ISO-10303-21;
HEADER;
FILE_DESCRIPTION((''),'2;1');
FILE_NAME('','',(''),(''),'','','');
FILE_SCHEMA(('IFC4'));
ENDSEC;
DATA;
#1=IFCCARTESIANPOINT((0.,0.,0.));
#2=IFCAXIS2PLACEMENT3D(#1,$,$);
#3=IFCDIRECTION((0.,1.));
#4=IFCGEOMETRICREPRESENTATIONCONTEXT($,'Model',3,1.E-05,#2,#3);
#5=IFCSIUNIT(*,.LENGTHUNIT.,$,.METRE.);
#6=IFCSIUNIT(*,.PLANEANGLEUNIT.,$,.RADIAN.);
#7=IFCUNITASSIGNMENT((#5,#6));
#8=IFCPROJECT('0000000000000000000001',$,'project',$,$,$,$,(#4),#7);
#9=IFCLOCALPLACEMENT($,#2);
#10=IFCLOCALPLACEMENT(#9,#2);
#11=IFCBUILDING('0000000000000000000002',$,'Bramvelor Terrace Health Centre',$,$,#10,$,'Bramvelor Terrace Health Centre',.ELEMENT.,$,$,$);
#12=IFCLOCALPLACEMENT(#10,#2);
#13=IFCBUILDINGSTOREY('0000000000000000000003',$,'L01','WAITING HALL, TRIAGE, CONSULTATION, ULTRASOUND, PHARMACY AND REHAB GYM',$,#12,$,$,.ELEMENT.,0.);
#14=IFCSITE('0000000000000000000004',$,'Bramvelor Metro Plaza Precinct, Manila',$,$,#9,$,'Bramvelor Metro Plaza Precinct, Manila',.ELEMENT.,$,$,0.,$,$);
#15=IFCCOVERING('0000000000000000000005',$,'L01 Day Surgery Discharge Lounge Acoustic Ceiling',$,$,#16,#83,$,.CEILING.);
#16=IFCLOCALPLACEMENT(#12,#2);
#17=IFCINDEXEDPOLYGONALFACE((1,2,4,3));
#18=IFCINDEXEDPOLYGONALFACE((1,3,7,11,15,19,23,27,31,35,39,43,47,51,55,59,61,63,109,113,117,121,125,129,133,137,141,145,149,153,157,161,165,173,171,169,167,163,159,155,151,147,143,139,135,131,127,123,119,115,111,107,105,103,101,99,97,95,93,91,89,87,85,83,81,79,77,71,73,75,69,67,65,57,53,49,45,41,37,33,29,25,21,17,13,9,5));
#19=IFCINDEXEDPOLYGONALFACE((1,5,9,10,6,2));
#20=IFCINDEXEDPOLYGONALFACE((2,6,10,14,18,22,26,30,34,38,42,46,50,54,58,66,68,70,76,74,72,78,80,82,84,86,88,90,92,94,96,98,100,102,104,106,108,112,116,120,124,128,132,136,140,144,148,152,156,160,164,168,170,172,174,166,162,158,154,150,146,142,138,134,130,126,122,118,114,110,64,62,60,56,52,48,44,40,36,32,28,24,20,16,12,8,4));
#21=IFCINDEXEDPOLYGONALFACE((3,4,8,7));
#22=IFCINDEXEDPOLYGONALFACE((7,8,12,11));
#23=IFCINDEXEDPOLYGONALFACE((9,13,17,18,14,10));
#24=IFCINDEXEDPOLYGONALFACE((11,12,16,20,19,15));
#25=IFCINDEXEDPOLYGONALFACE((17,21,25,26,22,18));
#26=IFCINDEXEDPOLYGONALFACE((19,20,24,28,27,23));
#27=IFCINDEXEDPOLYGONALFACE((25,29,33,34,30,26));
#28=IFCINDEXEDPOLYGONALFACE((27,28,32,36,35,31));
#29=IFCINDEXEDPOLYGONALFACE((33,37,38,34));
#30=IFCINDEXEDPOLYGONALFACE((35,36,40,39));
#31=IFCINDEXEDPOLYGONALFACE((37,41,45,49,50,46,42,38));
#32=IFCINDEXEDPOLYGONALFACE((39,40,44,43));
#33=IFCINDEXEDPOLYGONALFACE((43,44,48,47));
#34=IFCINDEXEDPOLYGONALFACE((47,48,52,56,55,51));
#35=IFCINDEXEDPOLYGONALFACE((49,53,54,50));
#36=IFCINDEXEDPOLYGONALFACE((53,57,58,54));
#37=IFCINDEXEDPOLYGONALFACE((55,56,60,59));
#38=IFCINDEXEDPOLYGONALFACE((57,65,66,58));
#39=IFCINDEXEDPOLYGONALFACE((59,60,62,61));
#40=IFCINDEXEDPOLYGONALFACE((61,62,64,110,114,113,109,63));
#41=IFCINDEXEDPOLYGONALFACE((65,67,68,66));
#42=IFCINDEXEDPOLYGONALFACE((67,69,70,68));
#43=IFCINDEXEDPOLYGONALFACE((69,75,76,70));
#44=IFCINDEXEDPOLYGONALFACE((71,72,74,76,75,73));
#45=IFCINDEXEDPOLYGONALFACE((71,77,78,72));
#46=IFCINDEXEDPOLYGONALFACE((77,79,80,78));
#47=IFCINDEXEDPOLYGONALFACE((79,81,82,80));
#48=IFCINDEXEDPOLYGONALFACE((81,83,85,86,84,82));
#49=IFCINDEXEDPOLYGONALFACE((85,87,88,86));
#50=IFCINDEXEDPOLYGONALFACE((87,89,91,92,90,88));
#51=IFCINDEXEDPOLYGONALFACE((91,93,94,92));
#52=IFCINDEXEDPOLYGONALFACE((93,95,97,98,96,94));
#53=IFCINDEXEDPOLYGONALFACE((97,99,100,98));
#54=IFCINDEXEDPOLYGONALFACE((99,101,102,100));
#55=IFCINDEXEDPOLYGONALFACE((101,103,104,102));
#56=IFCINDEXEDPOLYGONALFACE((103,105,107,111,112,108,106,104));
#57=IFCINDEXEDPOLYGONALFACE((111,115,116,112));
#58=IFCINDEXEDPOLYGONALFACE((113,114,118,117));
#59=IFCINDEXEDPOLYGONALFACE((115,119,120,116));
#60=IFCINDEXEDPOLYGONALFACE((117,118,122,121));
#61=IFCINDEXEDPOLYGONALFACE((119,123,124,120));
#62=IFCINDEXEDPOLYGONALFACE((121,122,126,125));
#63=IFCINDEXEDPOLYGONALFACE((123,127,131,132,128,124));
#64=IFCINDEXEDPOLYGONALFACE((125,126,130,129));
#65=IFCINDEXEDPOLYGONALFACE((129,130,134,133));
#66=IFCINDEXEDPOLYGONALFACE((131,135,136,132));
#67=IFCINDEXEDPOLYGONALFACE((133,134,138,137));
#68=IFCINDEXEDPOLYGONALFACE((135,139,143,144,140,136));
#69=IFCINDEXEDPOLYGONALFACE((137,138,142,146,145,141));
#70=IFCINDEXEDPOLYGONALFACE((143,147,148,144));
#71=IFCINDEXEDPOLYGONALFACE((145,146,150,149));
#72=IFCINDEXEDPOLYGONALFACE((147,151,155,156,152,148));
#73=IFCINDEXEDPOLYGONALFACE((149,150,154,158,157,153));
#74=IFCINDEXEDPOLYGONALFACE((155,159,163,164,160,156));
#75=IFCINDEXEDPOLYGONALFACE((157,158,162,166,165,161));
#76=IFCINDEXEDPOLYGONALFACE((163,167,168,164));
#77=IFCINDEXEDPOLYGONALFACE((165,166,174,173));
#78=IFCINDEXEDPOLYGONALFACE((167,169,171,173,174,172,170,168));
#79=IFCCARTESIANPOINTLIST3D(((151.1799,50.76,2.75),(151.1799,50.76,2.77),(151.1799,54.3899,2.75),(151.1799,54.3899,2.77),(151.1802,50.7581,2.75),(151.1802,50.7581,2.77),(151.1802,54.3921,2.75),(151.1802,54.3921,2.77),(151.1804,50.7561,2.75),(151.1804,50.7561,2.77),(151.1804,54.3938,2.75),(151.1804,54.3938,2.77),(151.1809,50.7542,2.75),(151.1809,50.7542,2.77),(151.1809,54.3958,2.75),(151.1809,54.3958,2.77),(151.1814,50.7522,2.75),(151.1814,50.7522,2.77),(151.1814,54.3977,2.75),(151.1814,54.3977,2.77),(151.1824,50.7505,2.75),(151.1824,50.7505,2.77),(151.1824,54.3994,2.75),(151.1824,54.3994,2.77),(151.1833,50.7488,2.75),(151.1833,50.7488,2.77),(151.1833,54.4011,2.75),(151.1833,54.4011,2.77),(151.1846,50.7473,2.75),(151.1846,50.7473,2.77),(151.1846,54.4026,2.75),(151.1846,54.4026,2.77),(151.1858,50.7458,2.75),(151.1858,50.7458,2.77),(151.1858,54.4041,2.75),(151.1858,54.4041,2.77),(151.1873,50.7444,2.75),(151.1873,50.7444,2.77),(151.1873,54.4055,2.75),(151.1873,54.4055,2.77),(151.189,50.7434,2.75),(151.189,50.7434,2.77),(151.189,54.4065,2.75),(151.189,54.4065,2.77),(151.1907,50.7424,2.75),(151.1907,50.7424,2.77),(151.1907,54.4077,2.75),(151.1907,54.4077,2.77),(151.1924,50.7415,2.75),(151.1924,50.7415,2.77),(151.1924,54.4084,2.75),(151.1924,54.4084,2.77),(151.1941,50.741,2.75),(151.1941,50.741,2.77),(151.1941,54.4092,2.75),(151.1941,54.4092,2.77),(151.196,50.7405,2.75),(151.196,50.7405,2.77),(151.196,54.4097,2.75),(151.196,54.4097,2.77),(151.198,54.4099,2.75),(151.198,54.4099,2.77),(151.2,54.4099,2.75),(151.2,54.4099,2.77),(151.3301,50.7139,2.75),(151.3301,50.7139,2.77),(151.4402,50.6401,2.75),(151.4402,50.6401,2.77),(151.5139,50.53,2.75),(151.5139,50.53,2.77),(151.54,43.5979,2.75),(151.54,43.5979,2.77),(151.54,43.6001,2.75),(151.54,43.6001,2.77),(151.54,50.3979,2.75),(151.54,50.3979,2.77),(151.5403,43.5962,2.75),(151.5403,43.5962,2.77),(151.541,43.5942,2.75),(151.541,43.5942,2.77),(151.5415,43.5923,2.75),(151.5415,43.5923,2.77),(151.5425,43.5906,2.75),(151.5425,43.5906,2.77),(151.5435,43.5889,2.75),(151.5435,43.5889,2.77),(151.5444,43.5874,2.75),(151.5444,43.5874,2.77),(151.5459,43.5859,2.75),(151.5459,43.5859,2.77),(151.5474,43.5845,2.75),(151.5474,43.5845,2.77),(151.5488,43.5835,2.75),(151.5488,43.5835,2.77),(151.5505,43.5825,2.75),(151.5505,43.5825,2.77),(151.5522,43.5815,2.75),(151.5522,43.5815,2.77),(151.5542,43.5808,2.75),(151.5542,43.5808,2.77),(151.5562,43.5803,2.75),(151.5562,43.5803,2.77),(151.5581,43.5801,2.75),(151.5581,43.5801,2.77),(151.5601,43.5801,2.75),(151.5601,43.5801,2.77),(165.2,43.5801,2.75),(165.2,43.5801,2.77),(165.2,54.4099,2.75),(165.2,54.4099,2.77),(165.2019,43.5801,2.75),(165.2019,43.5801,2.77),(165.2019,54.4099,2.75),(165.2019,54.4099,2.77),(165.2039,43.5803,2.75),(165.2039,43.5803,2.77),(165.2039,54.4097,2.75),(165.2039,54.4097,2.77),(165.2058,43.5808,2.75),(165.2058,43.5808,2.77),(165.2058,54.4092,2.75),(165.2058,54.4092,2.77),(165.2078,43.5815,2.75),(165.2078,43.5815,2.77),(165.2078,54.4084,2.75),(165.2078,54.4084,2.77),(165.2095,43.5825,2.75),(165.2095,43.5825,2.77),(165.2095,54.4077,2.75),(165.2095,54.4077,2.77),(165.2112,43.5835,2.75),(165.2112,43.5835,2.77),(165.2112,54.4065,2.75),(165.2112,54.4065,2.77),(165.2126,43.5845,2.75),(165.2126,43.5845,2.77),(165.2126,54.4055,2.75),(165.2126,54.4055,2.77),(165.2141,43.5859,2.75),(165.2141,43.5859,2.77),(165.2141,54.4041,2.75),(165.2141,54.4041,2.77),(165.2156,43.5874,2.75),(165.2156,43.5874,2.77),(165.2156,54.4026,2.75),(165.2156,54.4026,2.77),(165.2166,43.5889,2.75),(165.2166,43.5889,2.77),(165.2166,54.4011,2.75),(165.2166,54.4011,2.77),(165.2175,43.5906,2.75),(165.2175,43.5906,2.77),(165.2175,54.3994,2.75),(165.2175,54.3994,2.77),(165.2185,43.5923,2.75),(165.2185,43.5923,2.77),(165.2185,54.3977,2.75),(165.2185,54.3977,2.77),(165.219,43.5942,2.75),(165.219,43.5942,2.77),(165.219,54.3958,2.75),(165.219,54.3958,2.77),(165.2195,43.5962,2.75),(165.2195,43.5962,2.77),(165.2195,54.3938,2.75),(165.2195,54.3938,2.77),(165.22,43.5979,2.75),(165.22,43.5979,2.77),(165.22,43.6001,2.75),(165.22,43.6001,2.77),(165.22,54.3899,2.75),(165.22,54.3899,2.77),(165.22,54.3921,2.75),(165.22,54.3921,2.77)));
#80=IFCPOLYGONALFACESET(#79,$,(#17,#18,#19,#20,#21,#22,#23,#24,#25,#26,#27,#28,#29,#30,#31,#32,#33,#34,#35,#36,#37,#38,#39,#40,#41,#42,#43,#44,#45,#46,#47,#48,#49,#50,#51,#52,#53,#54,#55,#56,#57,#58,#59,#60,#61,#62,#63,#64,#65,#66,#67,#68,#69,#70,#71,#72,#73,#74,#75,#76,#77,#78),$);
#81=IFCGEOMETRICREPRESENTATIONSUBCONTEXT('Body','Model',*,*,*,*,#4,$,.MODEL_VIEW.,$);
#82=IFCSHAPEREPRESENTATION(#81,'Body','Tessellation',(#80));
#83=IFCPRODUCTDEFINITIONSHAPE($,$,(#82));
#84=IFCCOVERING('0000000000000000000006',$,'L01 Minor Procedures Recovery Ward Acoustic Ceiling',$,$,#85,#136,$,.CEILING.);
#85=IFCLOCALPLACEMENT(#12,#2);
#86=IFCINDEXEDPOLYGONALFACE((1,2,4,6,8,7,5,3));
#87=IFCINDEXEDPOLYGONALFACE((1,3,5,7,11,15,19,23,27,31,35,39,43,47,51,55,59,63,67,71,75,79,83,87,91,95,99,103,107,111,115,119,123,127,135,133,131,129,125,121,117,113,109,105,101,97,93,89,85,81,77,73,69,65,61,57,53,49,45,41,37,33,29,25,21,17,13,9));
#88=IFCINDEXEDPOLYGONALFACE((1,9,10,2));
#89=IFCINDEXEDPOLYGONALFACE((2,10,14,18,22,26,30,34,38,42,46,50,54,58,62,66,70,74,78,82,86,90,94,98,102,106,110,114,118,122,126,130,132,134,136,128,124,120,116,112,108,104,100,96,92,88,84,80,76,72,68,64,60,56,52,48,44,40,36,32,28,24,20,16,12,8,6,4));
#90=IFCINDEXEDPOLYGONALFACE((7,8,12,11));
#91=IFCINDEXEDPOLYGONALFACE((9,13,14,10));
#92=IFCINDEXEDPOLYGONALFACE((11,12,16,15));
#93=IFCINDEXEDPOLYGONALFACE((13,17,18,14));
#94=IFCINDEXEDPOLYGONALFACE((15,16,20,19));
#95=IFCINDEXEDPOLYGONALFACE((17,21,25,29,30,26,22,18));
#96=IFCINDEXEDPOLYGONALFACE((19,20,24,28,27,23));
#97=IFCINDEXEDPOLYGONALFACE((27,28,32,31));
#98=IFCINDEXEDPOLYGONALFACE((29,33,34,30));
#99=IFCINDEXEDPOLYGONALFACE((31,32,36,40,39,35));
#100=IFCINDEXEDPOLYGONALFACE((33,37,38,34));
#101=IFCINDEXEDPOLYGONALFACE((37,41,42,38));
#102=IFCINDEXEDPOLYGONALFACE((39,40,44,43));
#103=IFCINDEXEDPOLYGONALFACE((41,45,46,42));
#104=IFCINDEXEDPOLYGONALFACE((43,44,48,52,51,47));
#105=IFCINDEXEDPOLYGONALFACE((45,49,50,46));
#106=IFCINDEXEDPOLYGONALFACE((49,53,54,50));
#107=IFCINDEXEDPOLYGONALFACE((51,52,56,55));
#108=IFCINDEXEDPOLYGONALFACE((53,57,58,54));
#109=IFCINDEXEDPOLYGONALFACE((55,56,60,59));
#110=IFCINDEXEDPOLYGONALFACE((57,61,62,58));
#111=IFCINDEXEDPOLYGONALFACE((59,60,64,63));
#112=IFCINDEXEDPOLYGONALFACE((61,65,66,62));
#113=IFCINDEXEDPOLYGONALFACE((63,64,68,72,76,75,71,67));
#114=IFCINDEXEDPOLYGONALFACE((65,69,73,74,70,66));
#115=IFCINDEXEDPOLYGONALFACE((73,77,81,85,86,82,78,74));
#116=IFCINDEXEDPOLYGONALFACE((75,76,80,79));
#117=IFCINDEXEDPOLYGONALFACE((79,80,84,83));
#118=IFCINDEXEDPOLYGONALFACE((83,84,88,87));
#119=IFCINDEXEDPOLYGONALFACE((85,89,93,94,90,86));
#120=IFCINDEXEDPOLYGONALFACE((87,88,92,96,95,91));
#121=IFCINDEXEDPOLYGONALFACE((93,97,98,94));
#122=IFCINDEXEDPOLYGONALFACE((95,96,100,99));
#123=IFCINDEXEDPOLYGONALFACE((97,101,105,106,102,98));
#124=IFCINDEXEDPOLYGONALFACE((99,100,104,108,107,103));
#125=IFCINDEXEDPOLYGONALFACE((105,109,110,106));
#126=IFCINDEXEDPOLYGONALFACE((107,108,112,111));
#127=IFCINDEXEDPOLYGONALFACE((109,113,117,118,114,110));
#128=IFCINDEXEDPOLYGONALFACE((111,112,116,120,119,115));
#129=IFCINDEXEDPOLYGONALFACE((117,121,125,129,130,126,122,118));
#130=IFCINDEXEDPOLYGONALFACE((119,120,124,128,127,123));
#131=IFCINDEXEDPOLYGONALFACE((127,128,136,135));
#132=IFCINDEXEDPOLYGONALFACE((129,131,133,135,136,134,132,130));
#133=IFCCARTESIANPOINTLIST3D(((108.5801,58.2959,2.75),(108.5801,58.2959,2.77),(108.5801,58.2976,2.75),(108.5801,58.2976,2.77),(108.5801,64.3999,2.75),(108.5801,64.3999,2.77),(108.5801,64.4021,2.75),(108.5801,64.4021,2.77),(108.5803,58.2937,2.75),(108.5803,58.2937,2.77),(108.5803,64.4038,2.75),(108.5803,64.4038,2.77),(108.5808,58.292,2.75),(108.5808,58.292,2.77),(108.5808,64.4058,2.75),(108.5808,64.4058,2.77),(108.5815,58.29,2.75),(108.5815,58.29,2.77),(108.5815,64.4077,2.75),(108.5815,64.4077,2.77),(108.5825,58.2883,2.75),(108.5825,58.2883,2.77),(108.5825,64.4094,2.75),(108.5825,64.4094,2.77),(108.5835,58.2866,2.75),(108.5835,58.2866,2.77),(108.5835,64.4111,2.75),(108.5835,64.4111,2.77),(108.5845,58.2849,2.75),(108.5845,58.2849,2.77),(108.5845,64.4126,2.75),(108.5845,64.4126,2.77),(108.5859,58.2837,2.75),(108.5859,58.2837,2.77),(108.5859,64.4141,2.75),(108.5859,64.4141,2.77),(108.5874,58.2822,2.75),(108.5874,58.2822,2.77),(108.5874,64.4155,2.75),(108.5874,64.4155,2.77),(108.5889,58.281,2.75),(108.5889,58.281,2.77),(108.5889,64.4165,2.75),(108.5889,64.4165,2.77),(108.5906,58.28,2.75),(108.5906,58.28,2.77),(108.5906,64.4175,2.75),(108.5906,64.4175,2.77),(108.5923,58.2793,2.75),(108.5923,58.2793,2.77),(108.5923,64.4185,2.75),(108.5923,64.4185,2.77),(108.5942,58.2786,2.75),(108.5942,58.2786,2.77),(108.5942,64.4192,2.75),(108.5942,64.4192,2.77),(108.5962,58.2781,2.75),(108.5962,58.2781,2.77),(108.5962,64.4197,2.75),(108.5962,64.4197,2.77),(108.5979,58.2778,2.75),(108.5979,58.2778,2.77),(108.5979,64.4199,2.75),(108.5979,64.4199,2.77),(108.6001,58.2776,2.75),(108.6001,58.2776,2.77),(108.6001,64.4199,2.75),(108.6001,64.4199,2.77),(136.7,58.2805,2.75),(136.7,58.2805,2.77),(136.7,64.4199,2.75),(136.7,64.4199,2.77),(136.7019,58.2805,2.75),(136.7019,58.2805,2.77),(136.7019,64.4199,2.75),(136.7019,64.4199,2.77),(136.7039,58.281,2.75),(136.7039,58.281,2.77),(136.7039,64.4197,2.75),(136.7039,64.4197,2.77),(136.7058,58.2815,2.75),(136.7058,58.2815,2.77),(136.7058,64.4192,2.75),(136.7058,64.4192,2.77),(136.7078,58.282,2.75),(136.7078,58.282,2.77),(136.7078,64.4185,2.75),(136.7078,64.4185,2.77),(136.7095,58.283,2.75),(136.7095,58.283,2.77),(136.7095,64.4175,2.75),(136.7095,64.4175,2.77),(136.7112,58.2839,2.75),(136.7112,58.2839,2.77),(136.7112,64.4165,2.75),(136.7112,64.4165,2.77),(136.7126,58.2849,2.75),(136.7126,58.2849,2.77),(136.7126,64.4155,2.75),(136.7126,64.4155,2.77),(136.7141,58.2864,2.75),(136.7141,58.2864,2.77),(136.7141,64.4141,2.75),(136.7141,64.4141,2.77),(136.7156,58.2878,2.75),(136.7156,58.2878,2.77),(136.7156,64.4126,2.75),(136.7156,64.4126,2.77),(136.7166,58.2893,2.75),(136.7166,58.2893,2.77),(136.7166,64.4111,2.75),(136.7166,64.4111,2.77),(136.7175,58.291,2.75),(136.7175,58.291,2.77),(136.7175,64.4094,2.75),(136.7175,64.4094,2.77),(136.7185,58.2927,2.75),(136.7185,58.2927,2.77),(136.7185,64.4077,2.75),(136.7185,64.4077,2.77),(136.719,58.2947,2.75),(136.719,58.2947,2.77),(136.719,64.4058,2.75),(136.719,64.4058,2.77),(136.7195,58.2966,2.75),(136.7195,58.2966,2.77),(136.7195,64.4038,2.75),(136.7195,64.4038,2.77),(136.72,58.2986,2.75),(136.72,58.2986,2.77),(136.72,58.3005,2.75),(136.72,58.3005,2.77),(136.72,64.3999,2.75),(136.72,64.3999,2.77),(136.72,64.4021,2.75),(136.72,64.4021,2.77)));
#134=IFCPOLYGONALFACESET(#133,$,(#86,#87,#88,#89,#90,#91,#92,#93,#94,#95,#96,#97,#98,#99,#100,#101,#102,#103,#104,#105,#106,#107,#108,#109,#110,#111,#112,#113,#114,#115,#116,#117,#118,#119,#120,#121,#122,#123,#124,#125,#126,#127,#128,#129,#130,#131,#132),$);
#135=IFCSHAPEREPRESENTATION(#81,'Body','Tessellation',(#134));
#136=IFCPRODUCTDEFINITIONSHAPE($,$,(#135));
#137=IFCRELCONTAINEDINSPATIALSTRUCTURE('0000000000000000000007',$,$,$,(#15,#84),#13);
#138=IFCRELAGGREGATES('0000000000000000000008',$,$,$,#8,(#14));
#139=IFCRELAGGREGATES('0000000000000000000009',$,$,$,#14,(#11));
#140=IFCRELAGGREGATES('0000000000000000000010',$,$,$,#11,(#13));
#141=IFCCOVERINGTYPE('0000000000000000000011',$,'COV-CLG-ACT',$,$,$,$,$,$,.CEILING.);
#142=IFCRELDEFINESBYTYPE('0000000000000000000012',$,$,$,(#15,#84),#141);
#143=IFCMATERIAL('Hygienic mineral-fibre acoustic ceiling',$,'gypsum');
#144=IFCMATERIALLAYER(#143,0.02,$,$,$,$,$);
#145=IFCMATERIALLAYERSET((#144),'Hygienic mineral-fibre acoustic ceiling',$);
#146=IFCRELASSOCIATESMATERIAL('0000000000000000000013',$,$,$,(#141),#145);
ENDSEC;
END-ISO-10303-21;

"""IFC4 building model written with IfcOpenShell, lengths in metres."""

from ifc_helpers import new_model, si_unit, direction, frame, origin, place, context, subcontext, project, spatial, polyline, outline, extrude, material, layer, layer_set, type_object, element, save


model = new_model("IFC4")

# Units and contexts
model_context = context("Model", 3, precision=1e-05, world=origin(), true_north=direction((0.0, 1.0)))
body_context = subcontext(model_context, "Body", "Model", "MODEL_VIEW")
ifc_project = project(units=[si_unit("LENGTHUNIT", "METRE"), si_unit("PLANEANGLEUNIT", "RADIAN")], contexts=[model_context])

# Site, building, storey
site_placement = place(None, origin())
site = spatial("IfcSite", under=ifc_project, at=site_placement, Name="Bramvelor Metro Plaza Precinct, Manila", LongName="Bramvelor Metro Plaza Precinct, Manila", CompositionType="ELEMENT", RefElevation=0.0)
building_placement = place(site_placement, origin())
building = spatial("IfcBuilding", under=site, at=building_placement, Name="Bramvelor Terrace Health Centre", LongName="Bramvelor Terrace Health Centre", CompositionType="ELEMENT")
storey_placement = place(building_placement, origin())
storey = spatial("IfcBuildingStorey", under=building, at=storey_placement, Name="L01", Description="WAITING HALL, TRIAGE, CONSULTATION, ULTRASOUND, PHARMACY AND REHAB GYM", CompositionType="ELEMENT", Elevation=0.0)

# Coverings
ifc_material_1 = material(Name="Hygienic mineral-fibre acoustic ceiling", Category="gypsum")
ifc_layer_1 = layer(ifc_material_1, 0.02)
ifc_layer_set_1 = layer_set([ifc_layer_1], Name="Hygienic mineral-fibre acoustic ceiling")
covering_type_1 = type_object("IfcCoveringType", Name="COV-CLG-ACT", PredefinedType="CEILING", material=ifc_layer_set_1)
covering_1_placement = place(storey_placement, frame((0.0, 0.0, 2.75)))
element("IfcCovering", 1, at=covering_1_placement, inside=storey, type_object=covering_type_1, Name="L01 Day Surgery Discharge Lounge Acoustic Ceiling", PredefinedType="CEILING", context=body_context, shape_type="SweptSolid", body=[
    extrude(outline(polyline([(165.2, 54.4099), (165.2019, 54.4099), (165.2039, 54.4097), (165.2058, 54.4092), (165.2078, 54.4084), (165.2095, 54.4077), (165.2112, 54.4065), (165.2126, 54.4055), (165.2141, 54.4041), (165.2156, 54.4026), (165.2166, 54.4011), (165.2175, 54.3994), (165.2185, 54.3977), (165.219, 54.3958), (165.2195, 54.3938), (165.22, 54.3921), (165.22, 54.3899), (165.22, 43.6001), (165.22, 43.5979), (165.2195, 43.5962), (165.219, 43.5942), (165.2185, 43.5923), (165.2175, 43.5906), (165.2166, 43.5889), (165.2156, 43.5874), (165.2141, 43.5859), (165.2126, 43.5845), (165.2112, 43.5835), (165.2095, 43.5825), (165.2078, 43.5815), (165.2058, 43.5808), (165.2039, 43.5803), (165.2019, 43.5801), (165.2, 43.5801), (151.5601, 43.5801), (151.5581, 43.5801), (151.5562, 43.5803), (151.5542, 43.5808), (151.5522, 43.5815), (151.5505, 43.5825), (151.5488, 43.5835), (151.5474, 43.5845), (151.5459, 43.5859), (151.5444, 43.5874), (151.5435, 43.5889), (151.5425, 43.5906), (151.5415, 43.5923), (151.541, 43.5942), (151.5403, 43.5962), (151.54, 43.5979), (151.54, 43.6001), (151.54, 50.3979), (151.5139, 50.53), (151.4402, 50.6401), (151.3301, 50.7139), (151.196, 50.7405), (151.1941, 50.741), (151.1924, 50.7415), (151.1907, 50.7424), (151.189, 50.7434), (151.1873, 50.7444), (151.1858, 50.7458), (151.1846, 50.7473), (151.1833, 50.7488), (151.1824, 50.7505), (151.1814, 50.7522), (151.1809, 50.7542), (151.1804, 50.7561), (151.1802, 50.7581), (151.1799, 50.76), (151.1799, 54.3899), (151.1802, 54.3921), (151.1804, 54.3938), (151.1809, 54.3958), (151.1814, 54.3977), (151.1824, 54.3994), (151.1833, 54.4011), (151.1846, 54.4026), (151.1858, 54.4041), (151.1873, 54.4055), (151.189, 54.4065), (151.1907, 54.4077), (151.1924, 54.4084), (151.1941, 54.4092), (151.196, 54.4097), (151.198, 54.4099), (151.2, 54.4099), (165.2, 54.4099)])), origin(), (0.0, 0.0, 1.0), 0.02),
])
covering_2_placement = place(storey_placement, frame((0.0, 0.0, 2.75)))
element("IfcCovering", 2, at=covering_2_placement, inside=storey, type_object=covering_type_1, Name="L01 Minor Procedures Recovery Ward Acoustic Ceiling", PredefinedType="CEILING", context=body_context, shape_type="SweptSolid", body=[
    extrude(outline(polyline([(108.5801, 64.3999), (108.5801, 64.4021), (108.5803, 64.4038), (108.5808, 64.4058), (108.5815, 64.4077), (108.5825, 64.4094), (108.5835, 64.4111), (108.5845, 64.4126), (108.5859, 64.4141), (108.5874, 64.4155), (108.5889, 64.4165), (108.5906, 64.4175), (108.5923, 64.4185), (108.5942, 64.4192), (108.5962, 64.4197), (108.5979, 64.4199), (108.6001, 64.4199), (136.7, 64.4199), (136.7019, 64.4199), (136.7039, 64.4197), (136.7058, 64.4192), (136.7078, 64.4185), (136.7095, 64.4175), (136.7112, 64.4165), (136.7126, 64.4155), (136.7141, 64.4141), (136.7156, 64.4126), (136.7166, 64.4111), (136.7175, 64.4094), (136.7185, 64.4077), (136.719, 64.4058), (136.7195, 64.4038), (136.72, 64.4021), (136.72, 64.3999), (136.72, 58.3005), (136.72, 58.2986), (136.7195, 58.2966), (136.719, 58.2947), (136.7185, 58.2927), (136.7175, 58.291), (136.7166, 58.2893), (136.7156, 58.2878), (136.7141, 58.2864), (136.7126, 58.2849), (136.7112, 58.2839), (136.7095, 58.283), (136.7078, 58.282), (136.7058, 58.2815), (136.7039, 58.281), (136.7019, 58.2805), (136.7, 58.2805), (108.6001, 58.2776), (108.5979, 58.2778), (108.5962, 58.2781), (108.5942, 58.2786), (108.5923, 58.2793), (108.5906, 58.28), (108.5889, 58.281), (108.5874, 58.2822), (108.5859, 58.2837), (108.5845, 58.2849), (108.5835, 58.2866), (108.5825, 58.2883), (108.5815, 58.29), (108.5808, 58.292), (108.5803, 58.2937), (108.5801, 58.2959), (108.5801, 58.2976), (108.5801, 64.3999)])), origin(), (0.0, 0.0, 1.0), 0.02),
])

save(model, "model.ifc")
